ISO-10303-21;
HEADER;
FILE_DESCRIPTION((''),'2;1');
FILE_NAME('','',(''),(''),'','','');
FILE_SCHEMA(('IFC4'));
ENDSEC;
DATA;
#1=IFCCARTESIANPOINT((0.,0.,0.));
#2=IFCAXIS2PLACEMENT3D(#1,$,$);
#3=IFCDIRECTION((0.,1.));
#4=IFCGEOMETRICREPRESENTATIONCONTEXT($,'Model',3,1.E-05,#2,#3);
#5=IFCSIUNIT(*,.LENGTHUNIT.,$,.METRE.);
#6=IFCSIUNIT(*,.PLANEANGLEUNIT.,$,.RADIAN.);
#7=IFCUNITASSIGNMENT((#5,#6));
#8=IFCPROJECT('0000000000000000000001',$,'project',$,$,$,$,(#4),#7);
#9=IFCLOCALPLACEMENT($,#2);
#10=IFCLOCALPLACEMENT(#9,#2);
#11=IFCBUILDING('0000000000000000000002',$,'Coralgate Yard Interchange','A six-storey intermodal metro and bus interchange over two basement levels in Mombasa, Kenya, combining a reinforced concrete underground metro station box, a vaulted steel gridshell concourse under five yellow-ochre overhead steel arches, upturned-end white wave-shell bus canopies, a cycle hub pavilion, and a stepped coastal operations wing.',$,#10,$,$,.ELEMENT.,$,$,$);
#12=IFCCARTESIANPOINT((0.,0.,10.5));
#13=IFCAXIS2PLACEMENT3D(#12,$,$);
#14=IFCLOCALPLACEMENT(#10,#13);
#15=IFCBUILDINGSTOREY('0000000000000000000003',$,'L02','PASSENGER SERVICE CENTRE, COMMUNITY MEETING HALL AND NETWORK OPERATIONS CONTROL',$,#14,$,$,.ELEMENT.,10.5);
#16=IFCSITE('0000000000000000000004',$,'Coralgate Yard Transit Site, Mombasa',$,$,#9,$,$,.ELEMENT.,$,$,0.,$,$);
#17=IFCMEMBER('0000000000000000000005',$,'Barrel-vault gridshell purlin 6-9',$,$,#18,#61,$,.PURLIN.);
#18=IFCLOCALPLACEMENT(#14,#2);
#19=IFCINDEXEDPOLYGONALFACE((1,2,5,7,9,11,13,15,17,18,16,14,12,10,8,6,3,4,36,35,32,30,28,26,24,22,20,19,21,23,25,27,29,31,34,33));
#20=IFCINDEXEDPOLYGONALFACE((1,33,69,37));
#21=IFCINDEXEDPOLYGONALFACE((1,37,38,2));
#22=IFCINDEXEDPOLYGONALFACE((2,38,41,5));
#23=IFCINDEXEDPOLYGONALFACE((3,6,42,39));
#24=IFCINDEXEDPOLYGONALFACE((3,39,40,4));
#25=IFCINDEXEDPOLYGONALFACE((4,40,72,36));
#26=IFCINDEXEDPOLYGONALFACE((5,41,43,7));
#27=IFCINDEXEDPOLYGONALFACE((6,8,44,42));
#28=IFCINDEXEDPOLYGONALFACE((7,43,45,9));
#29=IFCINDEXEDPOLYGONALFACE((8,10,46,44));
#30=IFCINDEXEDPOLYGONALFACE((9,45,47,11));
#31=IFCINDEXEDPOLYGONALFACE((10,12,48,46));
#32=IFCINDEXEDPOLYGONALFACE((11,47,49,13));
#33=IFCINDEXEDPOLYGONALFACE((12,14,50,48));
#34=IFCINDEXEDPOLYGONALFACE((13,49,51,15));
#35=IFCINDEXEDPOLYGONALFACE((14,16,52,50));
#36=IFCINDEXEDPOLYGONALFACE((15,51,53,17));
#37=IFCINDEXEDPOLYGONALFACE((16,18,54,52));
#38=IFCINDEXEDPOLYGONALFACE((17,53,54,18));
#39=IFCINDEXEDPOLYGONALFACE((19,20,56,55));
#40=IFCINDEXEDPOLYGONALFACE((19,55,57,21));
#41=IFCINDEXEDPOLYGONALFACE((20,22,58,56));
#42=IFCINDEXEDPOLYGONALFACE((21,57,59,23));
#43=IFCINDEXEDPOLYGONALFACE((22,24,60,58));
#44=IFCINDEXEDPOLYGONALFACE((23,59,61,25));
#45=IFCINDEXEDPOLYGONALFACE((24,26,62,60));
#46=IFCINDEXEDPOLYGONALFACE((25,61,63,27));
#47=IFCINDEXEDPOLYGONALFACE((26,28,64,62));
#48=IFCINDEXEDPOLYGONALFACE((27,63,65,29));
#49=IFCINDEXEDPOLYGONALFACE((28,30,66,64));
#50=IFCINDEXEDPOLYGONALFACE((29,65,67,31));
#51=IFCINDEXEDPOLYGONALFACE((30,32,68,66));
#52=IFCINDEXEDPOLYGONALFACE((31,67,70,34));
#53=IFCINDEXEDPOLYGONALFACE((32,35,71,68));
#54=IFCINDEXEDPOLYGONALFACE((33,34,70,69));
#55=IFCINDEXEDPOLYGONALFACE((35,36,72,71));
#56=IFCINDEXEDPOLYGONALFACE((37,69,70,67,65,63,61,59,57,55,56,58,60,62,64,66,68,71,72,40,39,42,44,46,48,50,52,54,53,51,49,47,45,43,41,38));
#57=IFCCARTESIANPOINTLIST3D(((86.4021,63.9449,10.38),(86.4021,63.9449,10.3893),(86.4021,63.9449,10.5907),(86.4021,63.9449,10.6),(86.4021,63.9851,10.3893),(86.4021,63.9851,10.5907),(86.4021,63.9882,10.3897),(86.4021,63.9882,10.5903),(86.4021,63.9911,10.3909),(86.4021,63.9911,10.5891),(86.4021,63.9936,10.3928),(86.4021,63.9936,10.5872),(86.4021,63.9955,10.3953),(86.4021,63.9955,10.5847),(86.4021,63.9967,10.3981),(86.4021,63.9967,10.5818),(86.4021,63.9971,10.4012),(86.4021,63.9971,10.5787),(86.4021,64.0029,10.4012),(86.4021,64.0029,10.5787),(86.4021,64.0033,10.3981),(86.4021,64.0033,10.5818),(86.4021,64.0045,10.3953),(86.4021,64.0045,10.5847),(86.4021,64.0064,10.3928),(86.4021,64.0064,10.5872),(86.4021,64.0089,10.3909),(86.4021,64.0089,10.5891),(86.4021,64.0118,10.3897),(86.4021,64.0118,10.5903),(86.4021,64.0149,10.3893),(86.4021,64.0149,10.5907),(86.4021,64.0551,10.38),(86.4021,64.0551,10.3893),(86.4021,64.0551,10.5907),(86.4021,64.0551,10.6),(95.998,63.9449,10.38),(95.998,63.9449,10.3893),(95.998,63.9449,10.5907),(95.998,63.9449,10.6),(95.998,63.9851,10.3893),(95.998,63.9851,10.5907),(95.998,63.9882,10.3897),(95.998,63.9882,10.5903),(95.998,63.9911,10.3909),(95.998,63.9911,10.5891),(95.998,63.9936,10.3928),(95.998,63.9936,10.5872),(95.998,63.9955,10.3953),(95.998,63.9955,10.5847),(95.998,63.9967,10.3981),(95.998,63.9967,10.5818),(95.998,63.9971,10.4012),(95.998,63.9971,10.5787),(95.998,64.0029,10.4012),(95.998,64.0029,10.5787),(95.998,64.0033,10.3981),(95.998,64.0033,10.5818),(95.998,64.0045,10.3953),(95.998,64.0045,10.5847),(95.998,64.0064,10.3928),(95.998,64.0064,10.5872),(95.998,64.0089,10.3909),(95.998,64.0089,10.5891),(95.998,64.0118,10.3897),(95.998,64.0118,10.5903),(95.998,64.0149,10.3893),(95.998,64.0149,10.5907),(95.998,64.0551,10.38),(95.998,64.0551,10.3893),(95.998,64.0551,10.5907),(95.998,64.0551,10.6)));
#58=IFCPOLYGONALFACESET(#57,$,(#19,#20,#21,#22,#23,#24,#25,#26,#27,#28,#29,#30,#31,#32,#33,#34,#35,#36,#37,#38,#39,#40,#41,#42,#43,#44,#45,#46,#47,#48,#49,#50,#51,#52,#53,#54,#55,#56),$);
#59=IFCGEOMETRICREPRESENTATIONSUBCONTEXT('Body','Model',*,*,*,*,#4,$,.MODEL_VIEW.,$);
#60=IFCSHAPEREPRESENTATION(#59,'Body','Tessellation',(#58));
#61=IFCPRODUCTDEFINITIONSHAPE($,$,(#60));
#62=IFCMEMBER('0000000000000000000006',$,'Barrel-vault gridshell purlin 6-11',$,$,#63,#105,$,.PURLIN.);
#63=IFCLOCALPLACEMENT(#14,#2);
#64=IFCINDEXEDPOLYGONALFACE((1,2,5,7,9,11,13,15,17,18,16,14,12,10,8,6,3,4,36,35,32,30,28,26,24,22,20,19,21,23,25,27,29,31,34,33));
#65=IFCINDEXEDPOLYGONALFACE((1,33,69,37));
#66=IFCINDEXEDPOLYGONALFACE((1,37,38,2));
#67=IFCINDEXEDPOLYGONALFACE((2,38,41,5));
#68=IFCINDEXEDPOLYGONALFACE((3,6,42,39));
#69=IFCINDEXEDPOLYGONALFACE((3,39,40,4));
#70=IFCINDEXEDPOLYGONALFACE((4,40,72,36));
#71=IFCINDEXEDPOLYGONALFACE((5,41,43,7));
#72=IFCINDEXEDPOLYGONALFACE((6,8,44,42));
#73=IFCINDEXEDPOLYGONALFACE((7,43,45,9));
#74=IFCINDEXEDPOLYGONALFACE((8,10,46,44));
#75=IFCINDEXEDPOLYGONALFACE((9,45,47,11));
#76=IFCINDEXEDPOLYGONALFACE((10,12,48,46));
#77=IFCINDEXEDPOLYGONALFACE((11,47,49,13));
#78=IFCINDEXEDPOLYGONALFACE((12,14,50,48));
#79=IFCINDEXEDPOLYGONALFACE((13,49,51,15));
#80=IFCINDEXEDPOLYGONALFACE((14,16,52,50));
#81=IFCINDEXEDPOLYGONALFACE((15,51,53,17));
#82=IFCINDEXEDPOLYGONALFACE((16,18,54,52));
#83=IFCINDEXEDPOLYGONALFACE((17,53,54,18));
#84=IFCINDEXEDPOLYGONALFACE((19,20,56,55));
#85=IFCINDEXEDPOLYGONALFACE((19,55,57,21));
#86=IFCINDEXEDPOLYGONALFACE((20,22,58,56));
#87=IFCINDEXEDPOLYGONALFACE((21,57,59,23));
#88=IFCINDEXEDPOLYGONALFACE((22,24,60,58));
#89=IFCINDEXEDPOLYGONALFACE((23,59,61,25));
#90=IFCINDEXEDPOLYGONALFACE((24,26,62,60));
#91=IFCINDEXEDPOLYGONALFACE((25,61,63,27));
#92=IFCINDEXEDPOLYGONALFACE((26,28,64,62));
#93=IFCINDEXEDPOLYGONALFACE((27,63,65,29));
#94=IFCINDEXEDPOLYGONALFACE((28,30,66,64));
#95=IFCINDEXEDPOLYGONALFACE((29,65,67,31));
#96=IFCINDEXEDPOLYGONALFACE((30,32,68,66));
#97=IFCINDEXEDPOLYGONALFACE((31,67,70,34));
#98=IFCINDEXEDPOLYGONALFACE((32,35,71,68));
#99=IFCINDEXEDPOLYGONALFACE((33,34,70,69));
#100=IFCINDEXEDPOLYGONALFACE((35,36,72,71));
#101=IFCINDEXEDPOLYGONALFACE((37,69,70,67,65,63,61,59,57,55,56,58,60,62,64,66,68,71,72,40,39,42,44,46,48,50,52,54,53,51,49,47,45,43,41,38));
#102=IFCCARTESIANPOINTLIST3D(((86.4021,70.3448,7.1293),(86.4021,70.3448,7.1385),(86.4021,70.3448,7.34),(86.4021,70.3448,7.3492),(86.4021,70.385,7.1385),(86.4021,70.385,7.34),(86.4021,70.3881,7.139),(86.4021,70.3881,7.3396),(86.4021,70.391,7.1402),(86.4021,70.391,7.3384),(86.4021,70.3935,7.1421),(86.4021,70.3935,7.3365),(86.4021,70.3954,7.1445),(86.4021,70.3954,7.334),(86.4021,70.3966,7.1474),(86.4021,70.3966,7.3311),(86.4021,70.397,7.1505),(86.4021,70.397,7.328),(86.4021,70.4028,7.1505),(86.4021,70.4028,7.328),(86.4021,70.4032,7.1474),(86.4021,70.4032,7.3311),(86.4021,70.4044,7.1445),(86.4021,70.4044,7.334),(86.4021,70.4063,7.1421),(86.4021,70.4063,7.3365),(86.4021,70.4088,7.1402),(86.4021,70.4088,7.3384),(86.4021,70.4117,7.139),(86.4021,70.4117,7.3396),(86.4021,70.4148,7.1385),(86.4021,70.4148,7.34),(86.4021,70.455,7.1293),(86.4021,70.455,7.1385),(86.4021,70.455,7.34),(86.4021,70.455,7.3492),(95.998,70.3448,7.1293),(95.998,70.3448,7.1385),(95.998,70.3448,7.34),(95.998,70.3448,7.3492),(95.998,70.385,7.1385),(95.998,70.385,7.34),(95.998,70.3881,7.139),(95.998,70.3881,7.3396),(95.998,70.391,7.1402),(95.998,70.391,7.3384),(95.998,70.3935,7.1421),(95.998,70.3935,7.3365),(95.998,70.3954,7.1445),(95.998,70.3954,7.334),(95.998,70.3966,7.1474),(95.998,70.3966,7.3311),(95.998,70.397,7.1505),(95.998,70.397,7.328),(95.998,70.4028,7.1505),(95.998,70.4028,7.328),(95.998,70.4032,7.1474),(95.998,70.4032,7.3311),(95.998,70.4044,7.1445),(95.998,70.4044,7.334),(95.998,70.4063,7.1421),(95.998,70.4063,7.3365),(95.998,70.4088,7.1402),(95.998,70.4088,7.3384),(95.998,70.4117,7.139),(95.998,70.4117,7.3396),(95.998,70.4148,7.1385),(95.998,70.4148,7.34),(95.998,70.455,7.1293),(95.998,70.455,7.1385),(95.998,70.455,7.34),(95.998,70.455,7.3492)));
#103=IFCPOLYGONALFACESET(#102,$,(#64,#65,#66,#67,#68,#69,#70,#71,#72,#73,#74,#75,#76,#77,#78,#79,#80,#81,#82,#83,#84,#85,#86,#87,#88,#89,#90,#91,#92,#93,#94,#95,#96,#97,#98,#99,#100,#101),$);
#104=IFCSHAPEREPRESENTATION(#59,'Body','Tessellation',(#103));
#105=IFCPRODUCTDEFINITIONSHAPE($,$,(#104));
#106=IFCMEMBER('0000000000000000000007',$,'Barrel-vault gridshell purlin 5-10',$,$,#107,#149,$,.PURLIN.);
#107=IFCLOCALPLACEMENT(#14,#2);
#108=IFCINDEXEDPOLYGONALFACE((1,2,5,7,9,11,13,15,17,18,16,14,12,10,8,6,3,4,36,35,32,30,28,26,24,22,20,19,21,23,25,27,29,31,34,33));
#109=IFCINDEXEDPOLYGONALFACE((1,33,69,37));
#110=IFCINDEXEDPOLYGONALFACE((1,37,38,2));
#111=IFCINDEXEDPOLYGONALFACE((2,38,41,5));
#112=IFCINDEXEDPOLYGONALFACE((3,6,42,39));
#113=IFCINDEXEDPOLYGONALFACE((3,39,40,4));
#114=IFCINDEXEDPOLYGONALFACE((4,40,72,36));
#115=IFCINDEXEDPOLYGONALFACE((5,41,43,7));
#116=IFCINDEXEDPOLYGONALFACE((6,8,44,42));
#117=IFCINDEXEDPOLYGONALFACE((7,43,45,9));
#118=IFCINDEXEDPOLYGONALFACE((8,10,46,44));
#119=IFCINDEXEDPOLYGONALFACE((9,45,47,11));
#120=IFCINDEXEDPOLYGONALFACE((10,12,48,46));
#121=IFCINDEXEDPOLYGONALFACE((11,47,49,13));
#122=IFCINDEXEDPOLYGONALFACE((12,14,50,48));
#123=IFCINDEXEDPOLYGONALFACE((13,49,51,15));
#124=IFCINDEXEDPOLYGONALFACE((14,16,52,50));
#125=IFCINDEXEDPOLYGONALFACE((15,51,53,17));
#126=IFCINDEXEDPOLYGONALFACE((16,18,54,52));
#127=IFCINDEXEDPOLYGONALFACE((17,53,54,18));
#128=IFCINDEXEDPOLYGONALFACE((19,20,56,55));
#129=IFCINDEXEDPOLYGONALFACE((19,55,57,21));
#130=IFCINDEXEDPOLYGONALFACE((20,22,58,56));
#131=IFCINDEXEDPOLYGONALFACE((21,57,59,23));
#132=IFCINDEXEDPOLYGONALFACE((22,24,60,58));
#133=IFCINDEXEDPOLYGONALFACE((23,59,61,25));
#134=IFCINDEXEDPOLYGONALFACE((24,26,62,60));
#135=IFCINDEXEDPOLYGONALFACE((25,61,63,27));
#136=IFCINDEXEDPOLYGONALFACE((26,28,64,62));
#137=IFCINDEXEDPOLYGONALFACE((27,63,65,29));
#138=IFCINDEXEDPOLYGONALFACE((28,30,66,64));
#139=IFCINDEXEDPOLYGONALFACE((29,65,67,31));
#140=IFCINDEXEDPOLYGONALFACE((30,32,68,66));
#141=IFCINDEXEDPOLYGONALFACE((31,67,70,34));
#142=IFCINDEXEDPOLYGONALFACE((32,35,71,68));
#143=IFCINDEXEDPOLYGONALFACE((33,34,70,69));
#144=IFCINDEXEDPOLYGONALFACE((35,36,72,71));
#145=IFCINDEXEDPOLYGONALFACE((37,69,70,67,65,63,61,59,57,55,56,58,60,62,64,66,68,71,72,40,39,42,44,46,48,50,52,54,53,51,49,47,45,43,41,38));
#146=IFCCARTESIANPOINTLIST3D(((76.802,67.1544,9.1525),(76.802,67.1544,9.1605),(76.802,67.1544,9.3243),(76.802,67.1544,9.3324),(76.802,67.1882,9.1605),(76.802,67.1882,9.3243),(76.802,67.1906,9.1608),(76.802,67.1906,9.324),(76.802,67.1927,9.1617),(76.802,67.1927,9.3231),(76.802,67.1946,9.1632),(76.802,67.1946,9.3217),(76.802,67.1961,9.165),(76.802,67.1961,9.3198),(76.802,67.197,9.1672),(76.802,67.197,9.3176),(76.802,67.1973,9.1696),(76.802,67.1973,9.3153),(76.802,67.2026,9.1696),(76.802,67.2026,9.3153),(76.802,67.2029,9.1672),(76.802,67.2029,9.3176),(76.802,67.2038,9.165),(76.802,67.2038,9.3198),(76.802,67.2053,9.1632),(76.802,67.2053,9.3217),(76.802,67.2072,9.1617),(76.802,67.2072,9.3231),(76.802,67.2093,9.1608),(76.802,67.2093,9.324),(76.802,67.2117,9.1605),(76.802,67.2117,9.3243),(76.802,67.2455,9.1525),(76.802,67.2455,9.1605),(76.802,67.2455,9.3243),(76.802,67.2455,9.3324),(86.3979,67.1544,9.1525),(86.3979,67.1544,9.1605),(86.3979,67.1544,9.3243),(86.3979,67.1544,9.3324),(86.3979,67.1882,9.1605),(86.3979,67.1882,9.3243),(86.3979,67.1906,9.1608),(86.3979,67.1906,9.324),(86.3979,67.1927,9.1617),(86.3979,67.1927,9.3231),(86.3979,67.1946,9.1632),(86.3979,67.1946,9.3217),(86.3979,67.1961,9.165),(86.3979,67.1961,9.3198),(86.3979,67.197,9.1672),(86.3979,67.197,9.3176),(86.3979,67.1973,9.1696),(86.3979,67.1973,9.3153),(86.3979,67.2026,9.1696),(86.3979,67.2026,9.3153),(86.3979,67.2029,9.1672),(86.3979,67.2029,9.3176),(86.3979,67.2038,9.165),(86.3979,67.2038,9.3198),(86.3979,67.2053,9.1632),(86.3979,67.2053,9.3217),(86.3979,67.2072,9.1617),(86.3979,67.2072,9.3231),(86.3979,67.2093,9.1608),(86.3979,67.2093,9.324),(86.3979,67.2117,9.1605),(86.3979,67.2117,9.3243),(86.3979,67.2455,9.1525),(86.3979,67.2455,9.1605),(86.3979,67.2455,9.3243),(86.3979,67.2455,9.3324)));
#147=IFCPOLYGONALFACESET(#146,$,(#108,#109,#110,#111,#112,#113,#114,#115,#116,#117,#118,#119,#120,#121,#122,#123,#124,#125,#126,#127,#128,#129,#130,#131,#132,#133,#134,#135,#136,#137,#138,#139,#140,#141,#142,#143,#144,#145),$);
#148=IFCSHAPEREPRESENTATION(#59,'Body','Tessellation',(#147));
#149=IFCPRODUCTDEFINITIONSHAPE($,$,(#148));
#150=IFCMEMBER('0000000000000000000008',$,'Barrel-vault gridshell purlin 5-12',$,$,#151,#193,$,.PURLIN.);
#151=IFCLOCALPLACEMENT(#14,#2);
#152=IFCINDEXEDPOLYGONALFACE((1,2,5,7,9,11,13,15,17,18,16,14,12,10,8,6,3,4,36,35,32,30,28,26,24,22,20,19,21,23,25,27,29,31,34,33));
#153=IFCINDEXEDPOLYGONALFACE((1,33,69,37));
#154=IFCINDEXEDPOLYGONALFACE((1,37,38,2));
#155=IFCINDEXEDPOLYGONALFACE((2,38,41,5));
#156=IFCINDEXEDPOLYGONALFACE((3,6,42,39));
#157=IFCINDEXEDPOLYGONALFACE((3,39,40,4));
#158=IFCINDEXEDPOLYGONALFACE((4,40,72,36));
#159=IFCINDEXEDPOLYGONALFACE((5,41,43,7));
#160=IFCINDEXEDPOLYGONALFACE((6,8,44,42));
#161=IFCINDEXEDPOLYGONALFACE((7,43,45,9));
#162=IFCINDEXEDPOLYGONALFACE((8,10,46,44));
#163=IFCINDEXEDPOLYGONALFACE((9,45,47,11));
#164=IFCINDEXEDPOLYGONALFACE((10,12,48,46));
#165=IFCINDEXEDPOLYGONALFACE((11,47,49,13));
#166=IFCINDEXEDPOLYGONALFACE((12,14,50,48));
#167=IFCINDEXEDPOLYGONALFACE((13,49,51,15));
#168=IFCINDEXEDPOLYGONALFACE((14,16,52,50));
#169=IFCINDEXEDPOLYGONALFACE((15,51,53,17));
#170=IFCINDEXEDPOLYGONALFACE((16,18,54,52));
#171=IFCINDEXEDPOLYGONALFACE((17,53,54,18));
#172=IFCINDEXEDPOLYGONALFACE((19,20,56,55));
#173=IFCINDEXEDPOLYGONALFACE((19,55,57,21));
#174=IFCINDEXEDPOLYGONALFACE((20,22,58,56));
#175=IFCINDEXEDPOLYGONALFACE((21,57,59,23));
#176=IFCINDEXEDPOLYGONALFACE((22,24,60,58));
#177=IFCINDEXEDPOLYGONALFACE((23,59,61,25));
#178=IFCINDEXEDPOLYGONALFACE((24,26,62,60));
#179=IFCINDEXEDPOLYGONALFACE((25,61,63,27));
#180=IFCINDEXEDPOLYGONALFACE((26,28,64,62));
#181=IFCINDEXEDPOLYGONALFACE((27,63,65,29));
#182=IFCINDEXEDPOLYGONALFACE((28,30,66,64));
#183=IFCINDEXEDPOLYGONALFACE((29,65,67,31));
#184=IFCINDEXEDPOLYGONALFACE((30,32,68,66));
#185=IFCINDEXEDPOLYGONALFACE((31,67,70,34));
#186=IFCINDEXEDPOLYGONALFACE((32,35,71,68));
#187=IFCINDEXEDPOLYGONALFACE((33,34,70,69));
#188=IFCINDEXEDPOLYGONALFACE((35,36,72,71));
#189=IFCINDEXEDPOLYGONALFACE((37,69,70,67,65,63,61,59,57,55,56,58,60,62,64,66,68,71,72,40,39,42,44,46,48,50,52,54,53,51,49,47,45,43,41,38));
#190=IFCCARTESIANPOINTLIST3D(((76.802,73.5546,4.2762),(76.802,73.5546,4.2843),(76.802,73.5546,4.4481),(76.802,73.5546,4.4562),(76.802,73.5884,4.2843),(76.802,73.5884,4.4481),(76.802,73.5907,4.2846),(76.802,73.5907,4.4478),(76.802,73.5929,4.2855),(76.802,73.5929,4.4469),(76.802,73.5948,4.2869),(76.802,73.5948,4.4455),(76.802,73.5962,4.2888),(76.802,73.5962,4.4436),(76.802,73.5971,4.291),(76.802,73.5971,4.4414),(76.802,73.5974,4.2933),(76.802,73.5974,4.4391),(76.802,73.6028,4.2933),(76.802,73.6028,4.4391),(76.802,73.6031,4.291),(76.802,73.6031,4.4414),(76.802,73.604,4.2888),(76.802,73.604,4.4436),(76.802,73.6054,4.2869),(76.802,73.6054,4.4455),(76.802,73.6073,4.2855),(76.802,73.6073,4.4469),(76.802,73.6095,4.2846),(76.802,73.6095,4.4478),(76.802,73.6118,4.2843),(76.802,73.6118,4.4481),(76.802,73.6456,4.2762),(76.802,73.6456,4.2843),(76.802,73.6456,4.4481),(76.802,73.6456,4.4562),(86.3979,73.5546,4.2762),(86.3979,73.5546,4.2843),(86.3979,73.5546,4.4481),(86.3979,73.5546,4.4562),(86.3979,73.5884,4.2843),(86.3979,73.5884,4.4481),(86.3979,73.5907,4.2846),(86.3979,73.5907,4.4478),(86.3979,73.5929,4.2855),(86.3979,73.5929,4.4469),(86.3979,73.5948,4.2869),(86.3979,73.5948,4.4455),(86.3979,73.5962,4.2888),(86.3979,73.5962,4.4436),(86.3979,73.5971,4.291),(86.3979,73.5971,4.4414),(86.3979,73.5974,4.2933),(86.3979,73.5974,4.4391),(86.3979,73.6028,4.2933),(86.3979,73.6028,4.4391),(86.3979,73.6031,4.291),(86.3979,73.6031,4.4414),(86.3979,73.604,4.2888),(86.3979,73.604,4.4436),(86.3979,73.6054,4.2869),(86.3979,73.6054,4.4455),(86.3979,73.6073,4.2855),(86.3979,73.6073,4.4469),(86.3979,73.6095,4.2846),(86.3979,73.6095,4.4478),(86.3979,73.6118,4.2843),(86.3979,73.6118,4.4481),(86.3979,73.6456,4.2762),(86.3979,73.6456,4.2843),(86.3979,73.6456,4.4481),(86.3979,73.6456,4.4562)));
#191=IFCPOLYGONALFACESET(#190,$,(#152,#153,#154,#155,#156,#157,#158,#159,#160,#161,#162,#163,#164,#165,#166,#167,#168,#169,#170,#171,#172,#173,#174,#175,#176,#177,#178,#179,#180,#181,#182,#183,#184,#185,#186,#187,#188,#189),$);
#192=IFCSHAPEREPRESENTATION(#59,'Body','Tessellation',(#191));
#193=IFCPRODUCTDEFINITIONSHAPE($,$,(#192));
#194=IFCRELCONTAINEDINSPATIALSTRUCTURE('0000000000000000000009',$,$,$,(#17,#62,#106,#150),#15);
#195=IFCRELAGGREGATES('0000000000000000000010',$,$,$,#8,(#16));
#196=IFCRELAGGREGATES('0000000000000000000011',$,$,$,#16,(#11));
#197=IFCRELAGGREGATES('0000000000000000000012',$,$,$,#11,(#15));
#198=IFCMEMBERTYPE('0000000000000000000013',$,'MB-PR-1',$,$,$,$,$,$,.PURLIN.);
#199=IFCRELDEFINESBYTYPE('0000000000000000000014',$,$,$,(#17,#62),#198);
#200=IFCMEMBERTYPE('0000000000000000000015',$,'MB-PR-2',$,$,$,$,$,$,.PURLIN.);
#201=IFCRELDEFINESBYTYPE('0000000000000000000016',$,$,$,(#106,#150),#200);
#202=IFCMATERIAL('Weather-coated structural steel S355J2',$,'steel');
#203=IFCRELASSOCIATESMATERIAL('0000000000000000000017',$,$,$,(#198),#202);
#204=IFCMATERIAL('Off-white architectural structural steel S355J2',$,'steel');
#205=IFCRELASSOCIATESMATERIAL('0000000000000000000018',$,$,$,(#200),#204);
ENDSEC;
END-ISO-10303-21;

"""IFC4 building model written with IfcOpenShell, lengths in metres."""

from ifc_helpers import new_model, si_unit, direction, frame, origin, origin_2d, place, context, subcontext, project, spatial, i_section, extrude, material, material_profile, profile_set, type_object, element, save


model = new_model("IFC4")

# Units and contexts
model_context = context("Model", 3, precision=1e-05, world=origin(), true_north=direction((0.0, 1.0)))
body_context = subcontext(model_context, "Body", "Model", "MODEL_VIEW")
ifc_project = project(units=[si_unit("LENGTHUNIT", "METRE"), si_unit("PLANEANGLEUNIT", "RADIAN")], contexts=[model_context])

# Site, building, storey
site_placement = place(None, origin())
site = spatial("IfcSite", under=ifc_project, at=site_placement, Name="Coralgate Yard Transit Site, Mombasa", CompositionType="ELEMENT", RefElevation=0.0)
building_placement = place(site_placement, origin())
building = spatial("IfcBuilding", under=site, at=building_placement, Name="Coralgate Yard Interchange", Description="A six-storey intermodal metro and bus interchange over two basement levels in Mombasa, Kenya, combining a reinforced concrete underground metro station box, a vaulted steel gridshell concourse under five yellow-ochre overhead steel arches, upturned-end white wave-shell bus canopies, a cycle hub pavilion, and a stepped coastal operations wing.", CompositionType="ELEMENT")
storey_placement = place(building_placement, frame((0.0, 0.0, 10.5)))
storey = spatial("IfcBuildingStorey", under=building, at=storey_placement, Name="L02", Description="PASSENGER SERVICE CENTRE, COMMUNITY MEETING HALL AND NETWORK OPERATIONS CONTROL", CompositionType="ELEMENT", Elevation=10.5)

# Shared definitions
ifc_material_1 = material(Name="Weather-coated structural steel S355J2", Category="steel")

# Members
ifc_material_profile_1 = material_profile(ifc_material_1, i_section(OverallWidth=0.1101, OverallDepth=0.22, WebThickness=0.0059, FlangeThickness=0.0093, FilletRadius=0.012, at=origin_2d()), Name="IPE 220")
ifc_profile_set_1 = profile_set([ifc_material_profile_1], Name="Weather-coated structural steel S355J2")
member_type_1 = type_object("IfcMemberType", Name="MB-PR-1", PredefinedType="PURLIN", material=ifc_profile_set_1)
for number, where, z_axis, x_axis, name in (
    (1, (86.4021, 64.0, 10.49), (1.0, 0.0, 0.0), (0.0, 1.0, 0.0), "Barrel-vault gridshell purlin 6-9"),
    (2, (86.4021, 70.3999, 7.2393), (1.0, 0.0, 0.0), (0.0, 1.0, 0.0), "Barrel-vault gridshell purlin 6-11"),
):
    element("IfcMember", number, at=place(storey_placement, frame(where, z_axis=z_axis, x_axis=x_axis)), inside=storey, type_object=member_type_1, Name=name, PredefinedType="PURLIN", context=body_context, shape_type="SweptSolid", body=[
        extrude(i_section(OverallWidth=0.1101, OverallDepth=0.22, WebThickness=0.0059, FlangeThickness=0.0093, FilletRadius=0.012, at=origin_2d()), origin(), (0.0, 0.0, 1.0), 9.5959),
    ])
ifc_material_2 = material(Name="Off-white architectural structural steel S355J2", Category="steel")
ifc_material_profile_2 = material_profile(ifc_material_2, i_section(OverallWidth=0.0911, OverallDepth=0.1799, WebThickness=0.0054, FlangeThickness=0.0081, FilletRadius=0.009, at=origin_2d()), Name="IPE 180")
ifc_profile_set_2 = profile_set([ifc_material_profile_2], Name="Off-white architectural structural steel S355J2")
member_type_2 = type_object("IfcMemberType", Name="MB-PR-2", PredefinedType="PURLIN", material=ifc_profile_set_2)
for number, where, z_axis, x_axis, name in (
    (3, (76.802, 67.2, 9.2424), (1.0, 0.0, 0.0), (0.0, 1.0, 0.0), "Barrel-vault gridshell purlin 5-10"),
    (4, (76.802, 73.6001, 4.3662), (1.0, 0.0, 0.0), (0.0, 1.0, 0.0), "Barrel-vault gridshell purlin 5-12"),
):
    element("IfcMember", number, at=place(storey_placement, frame(where, z_axis=z_axis, x_axis=x_axis)), inside=storey, type_object=member_type_2, Name=name, PredefinedType="PURLIN", context=body_context, shape_type="SweptSolid", body=[
        extrude(i_section(OverallWidth=0.0911, OverallDepth=0.1799, WebThickness=0.0054, FlangeThickness=0.0081, FilletRadius=0.009, at=origin_2d()), origin(), (0.0, 0.0, 1.0), 9.5959),
    ])

save(model, "model.ifc")
